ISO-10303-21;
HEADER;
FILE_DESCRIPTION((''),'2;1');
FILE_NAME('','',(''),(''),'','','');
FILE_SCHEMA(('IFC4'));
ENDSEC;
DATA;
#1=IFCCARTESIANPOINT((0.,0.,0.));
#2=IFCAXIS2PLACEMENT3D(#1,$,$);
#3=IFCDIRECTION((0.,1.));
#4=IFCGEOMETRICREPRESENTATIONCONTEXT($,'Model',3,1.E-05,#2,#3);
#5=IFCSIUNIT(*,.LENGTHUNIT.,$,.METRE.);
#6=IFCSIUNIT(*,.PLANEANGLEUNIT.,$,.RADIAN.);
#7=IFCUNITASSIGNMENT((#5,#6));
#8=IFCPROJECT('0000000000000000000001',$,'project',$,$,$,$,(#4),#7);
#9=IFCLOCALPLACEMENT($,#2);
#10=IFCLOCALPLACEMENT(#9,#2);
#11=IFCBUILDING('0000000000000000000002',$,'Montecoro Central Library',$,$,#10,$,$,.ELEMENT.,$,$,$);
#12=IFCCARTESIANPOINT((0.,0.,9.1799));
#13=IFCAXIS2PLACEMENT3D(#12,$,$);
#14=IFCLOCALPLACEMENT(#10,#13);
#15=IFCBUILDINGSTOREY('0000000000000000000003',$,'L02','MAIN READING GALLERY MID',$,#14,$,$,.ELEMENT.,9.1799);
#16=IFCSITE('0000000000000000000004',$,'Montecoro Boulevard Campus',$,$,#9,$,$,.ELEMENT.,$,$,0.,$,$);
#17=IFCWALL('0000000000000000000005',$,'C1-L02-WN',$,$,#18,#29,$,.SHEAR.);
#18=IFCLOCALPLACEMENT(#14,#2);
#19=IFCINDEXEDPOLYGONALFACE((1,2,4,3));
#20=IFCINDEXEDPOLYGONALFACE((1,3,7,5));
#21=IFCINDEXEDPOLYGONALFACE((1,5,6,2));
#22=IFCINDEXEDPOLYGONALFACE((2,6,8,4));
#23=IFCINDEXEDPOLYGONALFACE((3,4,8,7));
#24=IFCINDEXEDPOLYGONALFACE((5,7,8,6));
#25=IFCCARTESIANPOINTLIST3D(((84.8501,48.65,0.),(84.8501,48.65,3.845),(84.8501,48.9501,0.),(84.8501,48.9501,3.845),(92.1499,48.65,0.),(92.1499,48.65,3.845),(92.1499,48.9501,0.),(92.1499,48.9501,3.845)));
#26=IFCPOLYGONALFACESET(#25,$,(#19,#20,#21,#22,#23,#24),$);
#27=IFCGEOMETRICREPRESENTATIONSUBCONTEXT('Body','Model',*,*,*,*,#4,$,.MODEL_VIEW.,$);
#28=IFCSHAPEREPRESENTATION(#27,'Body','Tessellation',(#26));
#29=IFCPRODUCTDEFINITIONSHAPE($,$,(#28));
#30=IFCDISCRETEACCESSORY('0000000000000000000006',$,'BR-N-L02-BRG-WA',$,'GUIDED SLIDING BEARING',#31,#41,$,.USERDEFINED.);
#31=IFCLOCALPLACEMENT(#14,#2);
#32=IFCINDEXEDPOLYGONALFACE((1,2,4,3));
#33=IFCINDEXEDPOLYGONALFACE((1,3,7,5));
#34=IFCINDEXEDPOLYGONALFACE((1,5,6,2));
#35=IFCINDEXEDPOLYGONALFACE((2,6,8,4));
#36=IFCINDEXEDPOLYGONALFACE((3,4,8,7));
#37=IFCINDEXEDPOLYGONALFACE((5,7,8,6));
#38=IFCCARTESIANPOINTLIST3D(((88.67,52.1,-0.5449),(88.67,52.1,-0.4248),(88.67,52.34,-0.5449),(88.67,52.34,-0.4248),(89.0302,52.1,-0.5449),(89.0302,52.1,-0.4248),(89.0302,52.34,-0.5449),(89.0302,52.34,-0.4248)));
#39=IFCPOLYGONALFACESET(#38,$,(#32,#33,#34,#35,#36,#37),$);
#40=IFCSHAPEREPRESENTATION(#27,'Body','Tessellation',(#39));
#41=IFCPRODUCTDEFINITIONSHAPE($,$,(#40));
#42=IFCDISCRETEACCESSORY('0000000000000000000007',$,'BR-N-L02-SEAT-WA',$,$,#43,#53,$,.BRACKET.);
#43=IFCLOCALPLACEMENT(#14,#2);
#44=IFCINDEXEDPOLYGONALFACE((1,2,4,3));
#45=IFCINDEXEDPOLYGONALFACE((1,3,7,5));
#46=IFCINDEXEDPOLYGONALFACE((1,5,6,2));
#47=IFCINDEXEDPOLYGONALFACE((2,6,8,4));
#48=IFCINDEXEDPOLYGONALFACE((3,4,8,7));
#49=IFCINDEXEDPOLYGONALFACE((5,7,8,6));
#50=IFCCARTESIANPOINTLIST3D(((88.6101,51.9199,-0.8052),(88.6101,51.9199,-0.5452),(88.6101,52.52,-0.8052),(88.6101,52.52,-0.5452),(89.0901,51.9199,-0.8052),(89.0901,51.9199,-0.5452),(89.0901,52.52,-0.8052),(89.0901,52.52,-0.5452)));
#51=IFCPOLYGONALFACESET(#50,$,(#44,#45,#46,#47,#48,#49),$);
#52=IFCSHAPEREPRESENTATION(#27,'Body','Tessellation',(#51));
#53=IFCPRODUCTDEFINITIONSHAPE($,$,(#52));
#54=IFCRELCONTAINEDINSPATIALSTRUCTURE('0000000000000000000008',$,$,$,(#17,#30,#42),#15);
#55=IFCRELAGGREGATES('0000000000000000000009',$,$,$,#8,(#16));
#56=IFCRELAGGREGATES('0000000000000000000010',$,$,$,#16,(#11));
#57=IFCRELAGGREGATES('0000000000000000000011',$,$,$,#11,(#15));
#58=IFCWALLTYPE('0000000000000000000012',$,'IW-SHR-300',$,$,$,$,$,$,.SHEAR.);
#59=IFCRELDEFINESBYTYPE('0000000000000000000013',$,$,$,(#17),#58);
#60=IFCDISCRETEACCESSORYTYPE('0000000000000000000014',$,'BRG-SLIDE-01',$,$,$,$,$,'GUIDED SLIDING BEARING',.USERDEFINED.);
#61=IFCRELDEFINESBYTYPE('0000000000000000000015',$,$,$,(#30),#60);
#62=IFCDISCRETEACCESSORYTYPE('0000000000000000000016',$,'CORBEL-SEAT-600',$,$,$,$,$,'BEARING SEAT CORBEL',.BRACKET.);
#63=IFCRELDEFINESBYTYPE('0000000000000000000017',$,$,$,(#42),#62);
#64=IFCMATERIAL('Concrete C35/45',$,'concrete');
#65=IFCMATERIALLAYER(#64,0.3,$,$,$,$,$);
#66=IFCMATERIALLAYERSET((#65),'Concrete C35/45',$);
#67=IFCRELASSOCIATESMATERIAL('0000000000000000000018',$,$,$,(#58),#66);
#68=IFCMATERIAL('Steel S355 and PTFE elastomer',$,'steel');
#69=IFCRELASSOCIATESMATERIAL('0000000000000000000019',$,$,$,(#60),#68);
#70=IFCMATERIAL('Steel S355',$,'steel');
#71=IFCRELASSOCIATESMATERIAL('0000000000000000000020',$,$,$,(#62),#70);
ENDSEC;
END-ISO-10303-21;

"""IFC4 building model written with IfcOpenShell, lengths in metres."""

from ifc_helpers import new_model, si_unit, direction, frame, frame_2d, origin, origin_2d, place, context, subcontext, project, spatial, rectangle, extrude, material, layer, layer_set, type_object, element, save


model = new_model("IFC4")

# Units and contexts
model_context = context("Model", 3, precision=1e-05, world=origin(), true_north=direction((0.0, 1.0)))
body_context = subcontext(model_context, "Body", "Model", "MODEL_VIEW")
ifc_project = project(units=[si_unit("LENGTHUNIT", "METRE"), si_unit("PLANEANGLEUNIT", "RADIAN")], contexts=[model_context])

# Site, building, storey
site_placement = place(None, origin())
site = spatial("IfcSite", under=ifc_project, at=site_placement, Name="Montecoro Boulevard Campus", CompositionType="ELEMENT", RefElevation=0.0)
building_placement = place(site_placement, origin())
building = spatial("IfcBuilding", under=site, at=building_placement, Name="Montecoro Central Library", CompositionType="ELEMENT")
storey_placement = place(building_placement, frame((0.0, 0.0, 9.1799)))
storey = spatial("IfcBuildingStorey", under=building, at=storey_placement, Name="L02", Description="MAIN READING GALLERY MID", CompositionType="ELEMENT", Elevation=9.1799)

# Shared definitions
ifc_material_1 = material(Name="Steel S355", Category="steel")

# Wall
ifc_material_2 = material(Name="Concrete C35/45", Category="concrete")
ifc_layer_1 = layer(ifc_material_2, 0.3)
ifc_layer_set_1 = layer_set([ifc_layer_1], Name="Concrete C35/45")
wall_type_1 = type_object("IfcWallType", Name="IW-SHR-300", PredefinedType="SHEAR", material=ifc_layer_set_1)
wall_1_placement = place(storey_placement, frame((84.8501, 48.8, 0.0), z_axis=(0.0, 0.0, 1.0), x_axis=(1.0, 0.0, 0.0)))
element("IfcWall", 1, at=wall_1_placement, inside=storey, type_object=wall_type_1, Name="C1-L02-WN", PredefinedType="SHEAR", context=body_context, shape_type="SweptSolid", body=[
    extrude(rectangle(XDim=7.2998, YDim=0.3, at=frame_2d((3.6499, 0.0))), origin(), (0.0, 0.0, 1.0), 3.845),
])

# Discrete accessories
ifc_material_3 = material(Name="Steel S355 and PTFE elastomer", Category="steel")
discrete_accessory_type_1 = type_object("IfcDiscreteAccessoryType", Name="BRG-SLIDE-01", ElementType="GUIDED SLIDING BEARING", PredefinedType="USERDEFINED", material=ifc_material_3)
discrete_accessory_1_placement = place(storey_placement, frame((88.8501, 52.22, -0.5449), z_axis=(0.0, 0.0, 1.0), x_axis=(1.0, 0.0, 0.0)))
element("IfcDiscreteAccessory", 2, at=discrete_accessory_1_placement, inside=storey, type_object=discrete_accessory_type_1, Name="BR-N-L02-BRG-WA", ObjectType="GUIDED SLIDING BEARING", PredefinedType="USERDEFINED", context=body_context, shape_type="SweptSolid", body=[
    extrude(rectangle(XDim=0.3601, YDim=0.24, at=origin_2d()), origin(), (0.0, 0.0, 1.0), 0.1201),
])
discrete_accessory_type_2 = type_object("IfcDiscreteAccessoryType", Name="CORBEL-SEAT-600", ElementType="BEARING SEAT CORBEL", PredefinedType="BRACKET", material=ifc_material_1)
discrete_accessory_2_placement = place(storey_placement, frame((88.8501, 52.22, -0.8052), z_axis=(0.0, 0.0, 1.0), x_axis=(1.0, 0.0, 0.0)))
element("IfcDiscreteAccessory", 3, at=discrete_accessory_2_placement, inside=storey, type_object=discrete_accessory_type_2, Name="BR-N-L02-SEAT-WA", PredefinedType="BRACKET", context=body_context, shape_type="SweptSolid", body=[
    extrude(rectangle(XDim=0.48, YDim=0.6001, at=origin_2d()), origin(), (0.0, 0.0, 1.0), 0.26),
])

save(model, "model.ifc")
